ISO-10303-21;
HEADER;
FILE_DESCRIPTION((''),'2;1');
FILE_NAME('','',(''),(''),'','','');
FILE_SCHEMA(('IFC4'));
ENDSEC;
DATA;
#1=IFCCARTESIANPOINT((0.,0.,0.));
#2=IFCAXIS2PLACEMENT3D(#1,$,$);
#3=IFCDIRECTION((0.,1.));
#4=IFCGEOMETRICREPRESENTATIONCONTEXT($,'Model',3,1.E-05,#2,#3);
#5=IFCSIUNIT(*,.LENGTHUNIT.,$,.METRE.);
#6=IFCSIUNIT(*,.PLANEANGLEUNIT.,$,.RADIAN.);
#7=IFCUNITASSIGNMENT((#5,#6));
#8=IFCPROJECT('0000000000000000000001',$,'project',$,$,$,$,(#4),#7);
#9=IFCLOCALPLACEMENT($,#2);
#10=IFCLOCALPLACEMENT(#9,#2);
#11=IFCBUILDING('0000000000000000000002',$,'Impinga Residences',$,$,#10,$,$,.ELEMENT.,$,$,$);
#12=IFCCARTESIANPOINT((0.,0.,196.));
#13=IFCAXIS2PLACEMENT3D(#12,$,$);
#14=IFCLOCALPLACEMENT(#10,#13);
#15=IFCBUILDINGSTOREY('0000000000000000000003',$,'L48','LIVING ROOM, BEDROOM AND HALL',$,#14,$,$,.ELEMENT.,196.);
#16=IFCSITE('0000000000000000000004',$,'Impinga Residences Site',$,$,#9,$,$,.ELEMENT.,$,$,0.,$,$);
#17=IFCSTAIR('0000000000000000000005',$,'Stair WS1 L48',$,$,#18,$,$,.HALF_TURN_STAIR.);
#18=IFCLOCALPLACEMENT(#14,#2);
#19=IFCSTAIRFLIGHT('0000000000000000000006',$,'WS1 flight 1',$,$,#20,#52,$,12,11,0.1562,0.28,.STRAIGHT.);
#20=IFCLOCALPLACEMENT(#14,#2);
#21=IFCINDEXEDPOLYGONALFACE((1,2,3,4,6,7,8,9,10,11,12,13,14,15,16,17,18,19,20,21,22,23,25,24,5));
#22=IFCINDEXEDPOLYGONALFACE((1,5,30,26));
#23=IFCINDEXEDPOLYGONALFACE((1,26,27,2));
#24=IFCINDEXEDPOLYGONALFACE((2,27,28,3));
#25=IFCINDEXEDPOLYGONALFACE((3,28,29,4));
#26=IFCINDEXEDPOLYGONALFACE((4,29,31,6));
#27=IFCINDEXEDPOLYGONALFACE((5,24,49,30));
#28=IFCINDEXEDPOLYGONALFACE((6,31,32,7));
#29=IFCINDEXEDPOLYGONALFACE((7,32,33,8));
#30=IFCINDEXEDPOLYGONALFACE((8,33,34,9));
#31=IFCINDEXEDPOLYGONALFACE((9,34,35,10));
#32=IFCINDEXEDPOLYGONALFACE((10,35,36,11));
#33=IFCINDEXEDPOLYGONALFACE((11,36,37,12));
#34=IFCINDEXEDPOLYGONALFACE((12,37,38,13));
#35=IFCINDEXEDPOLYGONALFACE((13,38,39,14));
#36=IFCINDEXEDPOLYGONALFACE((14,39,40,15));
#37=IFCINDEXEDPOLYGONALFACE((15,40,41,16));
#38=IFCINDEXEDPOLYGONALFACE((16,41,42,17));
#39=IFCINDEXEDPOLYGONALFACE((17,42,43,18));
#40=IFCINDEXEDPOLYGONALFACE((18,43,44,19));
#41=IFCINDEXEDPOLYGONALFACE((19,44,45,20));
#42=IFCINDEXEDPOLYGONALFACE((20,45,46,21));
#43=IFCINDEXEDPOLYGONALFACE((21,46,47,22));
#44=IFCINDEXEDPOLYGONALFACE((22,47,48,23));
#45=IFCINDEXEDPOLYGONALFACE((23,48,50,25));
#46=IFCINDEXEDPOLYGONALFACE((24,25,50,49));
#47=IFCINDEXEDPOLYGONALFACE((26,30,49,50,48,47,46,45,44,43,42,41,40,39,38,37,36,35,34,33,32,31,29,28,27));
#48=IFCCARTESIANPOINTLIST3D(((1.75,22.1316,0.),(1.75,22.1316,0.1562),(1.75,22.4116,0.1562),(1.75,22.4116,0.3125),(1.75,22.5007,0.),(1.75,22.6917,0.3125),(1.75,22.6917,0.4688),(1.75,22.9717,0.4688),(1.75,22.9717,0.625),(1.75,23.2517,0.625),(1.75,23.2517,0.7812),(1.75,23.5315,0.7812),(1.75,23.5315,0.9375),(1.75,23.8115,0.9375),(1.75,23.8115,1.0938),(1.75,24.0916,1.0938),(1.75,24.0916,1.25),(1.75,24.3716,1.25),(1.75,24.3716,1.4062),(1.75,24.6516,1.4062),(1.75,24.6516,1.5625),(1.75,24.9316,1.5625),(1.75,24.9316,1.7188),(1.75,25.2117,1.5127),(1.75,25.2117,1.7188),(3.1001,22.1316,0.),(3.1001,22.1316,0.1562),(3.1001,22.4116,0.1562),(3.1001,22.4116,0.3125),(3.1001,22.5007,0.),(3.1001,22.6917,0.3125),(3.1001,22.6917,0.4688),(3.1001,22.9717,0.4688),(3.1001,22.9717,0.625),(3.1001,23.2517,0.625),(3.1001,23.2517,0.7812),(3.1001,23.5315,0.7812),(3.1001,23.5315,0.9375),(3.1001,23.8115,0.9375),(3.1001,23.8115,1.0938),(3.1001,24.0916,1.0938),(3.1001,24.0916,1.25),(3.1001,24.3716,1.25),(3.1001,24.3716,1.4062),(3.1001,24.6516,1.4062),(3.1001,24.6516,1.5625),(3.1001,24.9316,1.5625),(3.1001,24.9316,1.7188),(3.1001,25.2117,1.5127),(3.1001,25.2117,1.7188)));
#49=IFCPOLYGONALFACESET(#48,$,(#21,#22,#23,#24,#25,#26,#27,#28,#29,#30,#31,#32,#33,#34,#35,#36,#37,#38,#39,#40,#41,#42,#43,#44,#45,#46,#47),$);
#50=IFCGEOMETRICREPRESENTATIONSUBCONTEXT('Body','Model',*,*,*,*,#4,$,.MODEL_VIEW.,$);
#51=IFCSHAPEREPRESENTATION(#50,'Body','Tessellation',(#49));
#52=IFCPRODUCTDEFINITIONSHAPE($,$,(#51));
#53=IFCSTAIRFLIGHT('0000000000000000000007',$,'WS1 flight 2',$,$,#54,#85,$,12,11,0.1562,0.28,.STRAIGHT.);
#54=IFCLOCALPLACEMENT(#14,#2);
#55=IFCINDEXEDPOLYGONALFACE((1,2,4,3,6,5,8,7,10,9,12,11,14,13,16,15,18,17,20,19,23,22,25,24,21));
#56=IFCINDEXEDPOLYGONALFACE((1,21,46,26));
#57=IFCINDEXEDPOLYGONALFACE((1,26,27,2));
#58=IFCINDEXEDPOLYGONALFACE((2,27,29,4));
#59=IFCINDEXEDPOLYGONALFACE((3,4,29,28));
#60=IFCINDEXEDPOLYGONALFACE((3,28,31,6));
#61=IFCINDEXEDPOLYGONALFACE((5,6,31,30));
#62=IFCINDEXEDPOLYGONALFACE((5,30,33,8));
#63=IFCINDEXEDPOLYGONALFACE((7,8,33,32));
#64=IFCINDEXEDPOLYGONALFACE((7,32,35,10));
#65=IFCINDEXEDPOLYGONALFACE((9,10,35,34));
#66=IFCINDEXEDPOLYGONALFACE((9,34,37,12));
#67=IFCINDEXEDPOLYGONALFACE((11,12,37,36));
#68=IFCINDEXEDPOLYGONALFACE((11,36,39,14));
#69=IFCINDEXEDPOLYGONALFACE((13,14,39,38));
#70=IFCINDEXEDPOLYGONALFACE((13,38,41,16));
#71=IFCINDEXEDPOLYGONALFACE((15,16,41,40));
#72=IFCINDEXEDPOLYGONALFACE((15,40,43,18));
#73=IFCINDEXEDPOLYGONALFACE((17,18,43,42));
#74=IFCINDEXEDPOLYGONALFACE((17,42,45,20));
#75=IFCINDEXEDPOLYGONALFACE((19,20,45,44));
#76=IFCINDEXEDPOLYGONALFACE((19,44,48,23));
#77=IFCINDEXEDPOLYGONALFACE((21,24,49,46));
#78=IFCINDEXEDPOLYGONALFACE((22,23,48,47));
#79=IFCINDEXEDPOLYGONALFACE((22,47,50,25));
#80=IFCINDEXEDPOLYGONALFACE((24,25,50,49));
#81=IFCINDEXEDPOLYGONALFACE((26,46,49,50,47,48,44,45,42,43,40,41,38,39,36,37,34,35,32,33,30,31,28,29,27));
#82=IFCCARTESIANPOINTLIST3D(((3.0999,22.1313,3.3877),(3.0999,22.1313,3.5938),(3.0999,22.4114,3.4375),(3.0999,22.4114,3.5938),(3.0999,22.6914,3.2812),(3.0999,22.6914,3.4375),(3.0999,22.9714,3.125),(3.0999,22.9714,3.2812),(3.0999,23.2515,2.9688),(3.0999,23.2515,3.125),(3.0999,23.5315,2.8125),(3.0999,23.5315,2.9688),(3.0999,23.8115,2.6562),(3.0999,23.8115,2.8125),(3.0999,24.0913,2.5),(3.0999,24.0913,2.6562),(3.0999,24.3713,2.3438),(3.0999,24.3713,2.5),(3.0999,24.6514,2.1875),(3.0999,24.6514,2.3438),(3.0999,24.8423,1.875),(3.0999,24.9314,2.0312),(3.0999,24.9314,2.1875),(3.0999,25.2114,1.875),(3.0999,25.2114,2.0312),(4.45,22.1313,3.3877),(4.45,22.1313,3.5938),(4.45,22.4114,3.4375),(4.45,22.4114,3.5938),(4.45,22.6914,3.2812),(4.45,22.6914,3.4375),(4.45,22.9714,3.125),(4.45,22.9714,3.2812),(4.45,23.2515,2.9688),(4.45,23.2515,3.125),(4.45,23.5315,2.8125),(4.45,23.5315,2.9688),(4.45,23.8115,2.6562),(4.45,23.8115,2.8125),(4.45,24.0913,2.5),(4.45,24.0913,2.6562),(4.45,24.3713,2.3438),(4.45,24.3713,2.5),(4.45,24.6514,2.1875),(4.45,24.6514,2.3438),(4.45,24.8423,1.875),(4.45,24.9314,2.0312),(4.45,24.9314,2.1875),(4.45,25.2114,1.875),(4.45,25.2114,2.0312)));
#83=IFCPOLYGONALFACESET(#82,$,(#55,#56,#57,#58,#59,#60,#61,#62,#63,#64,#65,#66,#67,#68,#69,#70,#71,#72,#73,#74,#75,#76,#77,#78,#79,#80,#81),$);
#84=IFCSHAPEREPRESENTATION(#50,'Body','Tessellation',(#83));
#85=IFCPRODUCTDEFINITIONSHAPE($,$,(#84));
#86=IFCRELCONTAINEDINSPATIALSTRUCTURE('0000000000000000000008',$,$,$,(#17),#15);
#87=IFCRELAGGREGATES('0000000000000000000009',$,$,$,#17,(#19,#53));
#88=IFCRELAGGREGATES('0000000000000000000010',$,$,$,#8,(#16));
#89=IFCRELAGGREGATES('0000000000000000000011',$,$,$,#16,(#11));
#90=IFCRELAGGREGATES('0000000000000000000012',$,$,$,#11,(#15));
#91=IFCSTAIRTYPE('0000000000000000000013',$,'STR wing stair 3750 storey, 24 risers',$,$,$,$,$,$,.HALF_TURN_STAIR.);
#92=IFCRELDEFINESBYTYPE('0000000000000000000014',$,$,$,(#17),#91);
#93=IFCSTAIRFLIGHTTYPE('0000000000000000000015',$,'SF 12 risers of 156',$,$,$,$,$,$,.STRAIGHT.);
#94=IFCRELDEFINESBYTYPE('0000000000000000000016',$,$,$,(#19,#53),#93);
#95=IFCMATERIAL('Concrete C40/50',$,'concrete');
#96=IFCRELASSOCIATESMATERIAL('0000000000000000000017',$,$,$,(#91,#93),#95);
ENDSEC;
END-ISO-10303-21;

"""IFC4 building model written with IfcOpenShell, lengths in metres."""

from ifc_helpers import new_model, si_unit, direction, frame, origin, place, context, subcontext, project, spatial, polyline, outline, extrude, material, type_object, element, aggregate, save


model = new_model("IFC4")

# Units and contexts
model_context = context("Model", 3, precision=1e-05, world=origin(), true_north=direction((0.0, 1.0)))
body_context = subcontext(model_context, "Body", "Model", "MODEL_VIEW")
ifc_project = project(units=[si_unit("LENGTHUNIT", "METRE"), si_unit("PLANEANGLEUNIT", "RADIAN")], contexts=[model_context])

# Site, building, storey
site_placement = place(None, origin())
site = spatial("IfcSite", under=ifc_project, at=site_placement, Name="Impinga Residences Site", CompositionType="ELEMENT", RefElevation=0.0)
building_placement = place(site_placement, origin())
building = spatial("IfcBuilding", under=site, at=building_placement, Name="Impinga Residences", CompositionType="ELEMENT")
storey_placement = place(building_placement, frame((0.0, 0.0, 196.0)))
storey = spatial("IfcBuildingStorey", under=building, at=storey_placement, Name="L48", Description="LIVING ROOM, BEDROOM AND HALL", CompositionType="ELEMENT", Elevation=196.0)

# Stair, stair flights
ifc_material_1 = material(Name="Concrete C40/50", Category="concrete")
stair_type = type_object("IfcStairType", Name="STR wing stair 3750 storey, 24 risers", PredefinedType="HALF_TURN_STAIR", material=ifc_material_1)
stair_placement = place(storey_placement, origin())
stair = element("IfcStair", 1, at=stair_placement, inside=storey, type_object=stair_type, Name="Stair WS1 L48", PredefinedType="HALF_TURN_STAIR")
stair_flight_type = type_object("IfcStairFlightType", Name="SF 12 risers of 156", PredefinedType="STRAIGHT", material=ifc_material_1)
stair_flight_1_placement = place(storey_placement, frame((2.425, 22.1316, 0.0), z_axis=(0.0, 0.0, 1.0), x_axis=(0.0, 1.0, 0.0)))
stair_flight_1 = element("IfcStairFlight", 2, at=stair_flight_1_placement, type_object=stair_flight_type, Name="WS1 flight 1", NumberOfRisers=12, NumberOfTreads=11, PredefinedType="STRAIGHT", RiserHeight=0.1562, TreadLength=0.28, context=body_context, shape_type="SweptSolid", body=[
    extrude(outline(polyline([(0.0, 0.0), (0.0, 0.1562), (0.28, 0.1562), (0.28, 0.3125), (0.5601, 0.3125), (0.5601, 0.4688), (0.8401, 0.4688), (0.8401, 0.625), (1.1201, 0.625), (1.1201, 0.7812), (1.3999, 0.7812), (1.3999, 0.9375), (1.6799, 0.9375), (1.6799, 1.0938), (1.96, 1.0938), (1.96, 1.25), (2.24, 1.25), (2.24, 1.4062), (2.52, 1.4062), (2.52, 1.5625), (2.8, 1.5625), (2.8, 1.7188), (3.0801, 1.7188), (3.0801, 1.875), (3.0801, 1.5127), (0.3691, 0.0), (0.0, 0.0)])), frame((0.0, 0.675, 0.0), z_axis=(0.0, -1.0, 0.0), x_axis=(1.0, 0.0, 0.0)), (0.0, 0.0, 1.0), 1.3501),
])
stair_flight_2_placement = place(storey_placement, frame((3.7749, 25.2114, 1.875), z_axis=(0.0, 0.0, 1.0), x_axis=(0.0, -1.0, 0.0)))
stair_flight_2 = element("IfcStairFlight", 3, at=stair_flight_2_placement, type_object=stair_flight_type, Name="WS1 flight 2", NumberOfRisers=12, NumberOfTreads=11, PredefinedType="STRAIGHT", RiserHeight=0.1562, TreadLength=0.28, context=body_context, shape_type="SweptSolid", body=[
    extrude(outline(polyline([(0.0, 0.0), (0.0, 0.1562), (0.28, 0.1562), (0.28, 0.3125), (0.5601, 0.3125), (0.5601, 0.4688), (0.8401, 0.4688), (0.8401, 0.625), (1.1201, 0.625), (1.1201, 0.7812), (1.3999, 0.7812), (1.3999, 0.9375), (1.6799, 0.9375), (1.6799, 1.0938), (1.96, 1.0938), (1.96, 1.25), (2.24, 1.25), (2.24, 1.4062), (2.52, 1.4062), (2.52, 1.5625), (2.8, 1.5625), (2.8, 1.7188), (3.0801, 1.7188), (3.0801, 1.875), (3.0801, 1.5127), (0.3691, 0.0), (0.0, 0.0)])), frame((0.0, 0.675, 0.0), z_axis=(0.0, -1.0, 0.0), x_axis=(1.0, 0.0, 0.0)), (0.0, 0.0, 1.0), 1.3501),
])
aggregate(stair, [stair_flight_1, stair_flight_2])

save(model, "model.ifc")
